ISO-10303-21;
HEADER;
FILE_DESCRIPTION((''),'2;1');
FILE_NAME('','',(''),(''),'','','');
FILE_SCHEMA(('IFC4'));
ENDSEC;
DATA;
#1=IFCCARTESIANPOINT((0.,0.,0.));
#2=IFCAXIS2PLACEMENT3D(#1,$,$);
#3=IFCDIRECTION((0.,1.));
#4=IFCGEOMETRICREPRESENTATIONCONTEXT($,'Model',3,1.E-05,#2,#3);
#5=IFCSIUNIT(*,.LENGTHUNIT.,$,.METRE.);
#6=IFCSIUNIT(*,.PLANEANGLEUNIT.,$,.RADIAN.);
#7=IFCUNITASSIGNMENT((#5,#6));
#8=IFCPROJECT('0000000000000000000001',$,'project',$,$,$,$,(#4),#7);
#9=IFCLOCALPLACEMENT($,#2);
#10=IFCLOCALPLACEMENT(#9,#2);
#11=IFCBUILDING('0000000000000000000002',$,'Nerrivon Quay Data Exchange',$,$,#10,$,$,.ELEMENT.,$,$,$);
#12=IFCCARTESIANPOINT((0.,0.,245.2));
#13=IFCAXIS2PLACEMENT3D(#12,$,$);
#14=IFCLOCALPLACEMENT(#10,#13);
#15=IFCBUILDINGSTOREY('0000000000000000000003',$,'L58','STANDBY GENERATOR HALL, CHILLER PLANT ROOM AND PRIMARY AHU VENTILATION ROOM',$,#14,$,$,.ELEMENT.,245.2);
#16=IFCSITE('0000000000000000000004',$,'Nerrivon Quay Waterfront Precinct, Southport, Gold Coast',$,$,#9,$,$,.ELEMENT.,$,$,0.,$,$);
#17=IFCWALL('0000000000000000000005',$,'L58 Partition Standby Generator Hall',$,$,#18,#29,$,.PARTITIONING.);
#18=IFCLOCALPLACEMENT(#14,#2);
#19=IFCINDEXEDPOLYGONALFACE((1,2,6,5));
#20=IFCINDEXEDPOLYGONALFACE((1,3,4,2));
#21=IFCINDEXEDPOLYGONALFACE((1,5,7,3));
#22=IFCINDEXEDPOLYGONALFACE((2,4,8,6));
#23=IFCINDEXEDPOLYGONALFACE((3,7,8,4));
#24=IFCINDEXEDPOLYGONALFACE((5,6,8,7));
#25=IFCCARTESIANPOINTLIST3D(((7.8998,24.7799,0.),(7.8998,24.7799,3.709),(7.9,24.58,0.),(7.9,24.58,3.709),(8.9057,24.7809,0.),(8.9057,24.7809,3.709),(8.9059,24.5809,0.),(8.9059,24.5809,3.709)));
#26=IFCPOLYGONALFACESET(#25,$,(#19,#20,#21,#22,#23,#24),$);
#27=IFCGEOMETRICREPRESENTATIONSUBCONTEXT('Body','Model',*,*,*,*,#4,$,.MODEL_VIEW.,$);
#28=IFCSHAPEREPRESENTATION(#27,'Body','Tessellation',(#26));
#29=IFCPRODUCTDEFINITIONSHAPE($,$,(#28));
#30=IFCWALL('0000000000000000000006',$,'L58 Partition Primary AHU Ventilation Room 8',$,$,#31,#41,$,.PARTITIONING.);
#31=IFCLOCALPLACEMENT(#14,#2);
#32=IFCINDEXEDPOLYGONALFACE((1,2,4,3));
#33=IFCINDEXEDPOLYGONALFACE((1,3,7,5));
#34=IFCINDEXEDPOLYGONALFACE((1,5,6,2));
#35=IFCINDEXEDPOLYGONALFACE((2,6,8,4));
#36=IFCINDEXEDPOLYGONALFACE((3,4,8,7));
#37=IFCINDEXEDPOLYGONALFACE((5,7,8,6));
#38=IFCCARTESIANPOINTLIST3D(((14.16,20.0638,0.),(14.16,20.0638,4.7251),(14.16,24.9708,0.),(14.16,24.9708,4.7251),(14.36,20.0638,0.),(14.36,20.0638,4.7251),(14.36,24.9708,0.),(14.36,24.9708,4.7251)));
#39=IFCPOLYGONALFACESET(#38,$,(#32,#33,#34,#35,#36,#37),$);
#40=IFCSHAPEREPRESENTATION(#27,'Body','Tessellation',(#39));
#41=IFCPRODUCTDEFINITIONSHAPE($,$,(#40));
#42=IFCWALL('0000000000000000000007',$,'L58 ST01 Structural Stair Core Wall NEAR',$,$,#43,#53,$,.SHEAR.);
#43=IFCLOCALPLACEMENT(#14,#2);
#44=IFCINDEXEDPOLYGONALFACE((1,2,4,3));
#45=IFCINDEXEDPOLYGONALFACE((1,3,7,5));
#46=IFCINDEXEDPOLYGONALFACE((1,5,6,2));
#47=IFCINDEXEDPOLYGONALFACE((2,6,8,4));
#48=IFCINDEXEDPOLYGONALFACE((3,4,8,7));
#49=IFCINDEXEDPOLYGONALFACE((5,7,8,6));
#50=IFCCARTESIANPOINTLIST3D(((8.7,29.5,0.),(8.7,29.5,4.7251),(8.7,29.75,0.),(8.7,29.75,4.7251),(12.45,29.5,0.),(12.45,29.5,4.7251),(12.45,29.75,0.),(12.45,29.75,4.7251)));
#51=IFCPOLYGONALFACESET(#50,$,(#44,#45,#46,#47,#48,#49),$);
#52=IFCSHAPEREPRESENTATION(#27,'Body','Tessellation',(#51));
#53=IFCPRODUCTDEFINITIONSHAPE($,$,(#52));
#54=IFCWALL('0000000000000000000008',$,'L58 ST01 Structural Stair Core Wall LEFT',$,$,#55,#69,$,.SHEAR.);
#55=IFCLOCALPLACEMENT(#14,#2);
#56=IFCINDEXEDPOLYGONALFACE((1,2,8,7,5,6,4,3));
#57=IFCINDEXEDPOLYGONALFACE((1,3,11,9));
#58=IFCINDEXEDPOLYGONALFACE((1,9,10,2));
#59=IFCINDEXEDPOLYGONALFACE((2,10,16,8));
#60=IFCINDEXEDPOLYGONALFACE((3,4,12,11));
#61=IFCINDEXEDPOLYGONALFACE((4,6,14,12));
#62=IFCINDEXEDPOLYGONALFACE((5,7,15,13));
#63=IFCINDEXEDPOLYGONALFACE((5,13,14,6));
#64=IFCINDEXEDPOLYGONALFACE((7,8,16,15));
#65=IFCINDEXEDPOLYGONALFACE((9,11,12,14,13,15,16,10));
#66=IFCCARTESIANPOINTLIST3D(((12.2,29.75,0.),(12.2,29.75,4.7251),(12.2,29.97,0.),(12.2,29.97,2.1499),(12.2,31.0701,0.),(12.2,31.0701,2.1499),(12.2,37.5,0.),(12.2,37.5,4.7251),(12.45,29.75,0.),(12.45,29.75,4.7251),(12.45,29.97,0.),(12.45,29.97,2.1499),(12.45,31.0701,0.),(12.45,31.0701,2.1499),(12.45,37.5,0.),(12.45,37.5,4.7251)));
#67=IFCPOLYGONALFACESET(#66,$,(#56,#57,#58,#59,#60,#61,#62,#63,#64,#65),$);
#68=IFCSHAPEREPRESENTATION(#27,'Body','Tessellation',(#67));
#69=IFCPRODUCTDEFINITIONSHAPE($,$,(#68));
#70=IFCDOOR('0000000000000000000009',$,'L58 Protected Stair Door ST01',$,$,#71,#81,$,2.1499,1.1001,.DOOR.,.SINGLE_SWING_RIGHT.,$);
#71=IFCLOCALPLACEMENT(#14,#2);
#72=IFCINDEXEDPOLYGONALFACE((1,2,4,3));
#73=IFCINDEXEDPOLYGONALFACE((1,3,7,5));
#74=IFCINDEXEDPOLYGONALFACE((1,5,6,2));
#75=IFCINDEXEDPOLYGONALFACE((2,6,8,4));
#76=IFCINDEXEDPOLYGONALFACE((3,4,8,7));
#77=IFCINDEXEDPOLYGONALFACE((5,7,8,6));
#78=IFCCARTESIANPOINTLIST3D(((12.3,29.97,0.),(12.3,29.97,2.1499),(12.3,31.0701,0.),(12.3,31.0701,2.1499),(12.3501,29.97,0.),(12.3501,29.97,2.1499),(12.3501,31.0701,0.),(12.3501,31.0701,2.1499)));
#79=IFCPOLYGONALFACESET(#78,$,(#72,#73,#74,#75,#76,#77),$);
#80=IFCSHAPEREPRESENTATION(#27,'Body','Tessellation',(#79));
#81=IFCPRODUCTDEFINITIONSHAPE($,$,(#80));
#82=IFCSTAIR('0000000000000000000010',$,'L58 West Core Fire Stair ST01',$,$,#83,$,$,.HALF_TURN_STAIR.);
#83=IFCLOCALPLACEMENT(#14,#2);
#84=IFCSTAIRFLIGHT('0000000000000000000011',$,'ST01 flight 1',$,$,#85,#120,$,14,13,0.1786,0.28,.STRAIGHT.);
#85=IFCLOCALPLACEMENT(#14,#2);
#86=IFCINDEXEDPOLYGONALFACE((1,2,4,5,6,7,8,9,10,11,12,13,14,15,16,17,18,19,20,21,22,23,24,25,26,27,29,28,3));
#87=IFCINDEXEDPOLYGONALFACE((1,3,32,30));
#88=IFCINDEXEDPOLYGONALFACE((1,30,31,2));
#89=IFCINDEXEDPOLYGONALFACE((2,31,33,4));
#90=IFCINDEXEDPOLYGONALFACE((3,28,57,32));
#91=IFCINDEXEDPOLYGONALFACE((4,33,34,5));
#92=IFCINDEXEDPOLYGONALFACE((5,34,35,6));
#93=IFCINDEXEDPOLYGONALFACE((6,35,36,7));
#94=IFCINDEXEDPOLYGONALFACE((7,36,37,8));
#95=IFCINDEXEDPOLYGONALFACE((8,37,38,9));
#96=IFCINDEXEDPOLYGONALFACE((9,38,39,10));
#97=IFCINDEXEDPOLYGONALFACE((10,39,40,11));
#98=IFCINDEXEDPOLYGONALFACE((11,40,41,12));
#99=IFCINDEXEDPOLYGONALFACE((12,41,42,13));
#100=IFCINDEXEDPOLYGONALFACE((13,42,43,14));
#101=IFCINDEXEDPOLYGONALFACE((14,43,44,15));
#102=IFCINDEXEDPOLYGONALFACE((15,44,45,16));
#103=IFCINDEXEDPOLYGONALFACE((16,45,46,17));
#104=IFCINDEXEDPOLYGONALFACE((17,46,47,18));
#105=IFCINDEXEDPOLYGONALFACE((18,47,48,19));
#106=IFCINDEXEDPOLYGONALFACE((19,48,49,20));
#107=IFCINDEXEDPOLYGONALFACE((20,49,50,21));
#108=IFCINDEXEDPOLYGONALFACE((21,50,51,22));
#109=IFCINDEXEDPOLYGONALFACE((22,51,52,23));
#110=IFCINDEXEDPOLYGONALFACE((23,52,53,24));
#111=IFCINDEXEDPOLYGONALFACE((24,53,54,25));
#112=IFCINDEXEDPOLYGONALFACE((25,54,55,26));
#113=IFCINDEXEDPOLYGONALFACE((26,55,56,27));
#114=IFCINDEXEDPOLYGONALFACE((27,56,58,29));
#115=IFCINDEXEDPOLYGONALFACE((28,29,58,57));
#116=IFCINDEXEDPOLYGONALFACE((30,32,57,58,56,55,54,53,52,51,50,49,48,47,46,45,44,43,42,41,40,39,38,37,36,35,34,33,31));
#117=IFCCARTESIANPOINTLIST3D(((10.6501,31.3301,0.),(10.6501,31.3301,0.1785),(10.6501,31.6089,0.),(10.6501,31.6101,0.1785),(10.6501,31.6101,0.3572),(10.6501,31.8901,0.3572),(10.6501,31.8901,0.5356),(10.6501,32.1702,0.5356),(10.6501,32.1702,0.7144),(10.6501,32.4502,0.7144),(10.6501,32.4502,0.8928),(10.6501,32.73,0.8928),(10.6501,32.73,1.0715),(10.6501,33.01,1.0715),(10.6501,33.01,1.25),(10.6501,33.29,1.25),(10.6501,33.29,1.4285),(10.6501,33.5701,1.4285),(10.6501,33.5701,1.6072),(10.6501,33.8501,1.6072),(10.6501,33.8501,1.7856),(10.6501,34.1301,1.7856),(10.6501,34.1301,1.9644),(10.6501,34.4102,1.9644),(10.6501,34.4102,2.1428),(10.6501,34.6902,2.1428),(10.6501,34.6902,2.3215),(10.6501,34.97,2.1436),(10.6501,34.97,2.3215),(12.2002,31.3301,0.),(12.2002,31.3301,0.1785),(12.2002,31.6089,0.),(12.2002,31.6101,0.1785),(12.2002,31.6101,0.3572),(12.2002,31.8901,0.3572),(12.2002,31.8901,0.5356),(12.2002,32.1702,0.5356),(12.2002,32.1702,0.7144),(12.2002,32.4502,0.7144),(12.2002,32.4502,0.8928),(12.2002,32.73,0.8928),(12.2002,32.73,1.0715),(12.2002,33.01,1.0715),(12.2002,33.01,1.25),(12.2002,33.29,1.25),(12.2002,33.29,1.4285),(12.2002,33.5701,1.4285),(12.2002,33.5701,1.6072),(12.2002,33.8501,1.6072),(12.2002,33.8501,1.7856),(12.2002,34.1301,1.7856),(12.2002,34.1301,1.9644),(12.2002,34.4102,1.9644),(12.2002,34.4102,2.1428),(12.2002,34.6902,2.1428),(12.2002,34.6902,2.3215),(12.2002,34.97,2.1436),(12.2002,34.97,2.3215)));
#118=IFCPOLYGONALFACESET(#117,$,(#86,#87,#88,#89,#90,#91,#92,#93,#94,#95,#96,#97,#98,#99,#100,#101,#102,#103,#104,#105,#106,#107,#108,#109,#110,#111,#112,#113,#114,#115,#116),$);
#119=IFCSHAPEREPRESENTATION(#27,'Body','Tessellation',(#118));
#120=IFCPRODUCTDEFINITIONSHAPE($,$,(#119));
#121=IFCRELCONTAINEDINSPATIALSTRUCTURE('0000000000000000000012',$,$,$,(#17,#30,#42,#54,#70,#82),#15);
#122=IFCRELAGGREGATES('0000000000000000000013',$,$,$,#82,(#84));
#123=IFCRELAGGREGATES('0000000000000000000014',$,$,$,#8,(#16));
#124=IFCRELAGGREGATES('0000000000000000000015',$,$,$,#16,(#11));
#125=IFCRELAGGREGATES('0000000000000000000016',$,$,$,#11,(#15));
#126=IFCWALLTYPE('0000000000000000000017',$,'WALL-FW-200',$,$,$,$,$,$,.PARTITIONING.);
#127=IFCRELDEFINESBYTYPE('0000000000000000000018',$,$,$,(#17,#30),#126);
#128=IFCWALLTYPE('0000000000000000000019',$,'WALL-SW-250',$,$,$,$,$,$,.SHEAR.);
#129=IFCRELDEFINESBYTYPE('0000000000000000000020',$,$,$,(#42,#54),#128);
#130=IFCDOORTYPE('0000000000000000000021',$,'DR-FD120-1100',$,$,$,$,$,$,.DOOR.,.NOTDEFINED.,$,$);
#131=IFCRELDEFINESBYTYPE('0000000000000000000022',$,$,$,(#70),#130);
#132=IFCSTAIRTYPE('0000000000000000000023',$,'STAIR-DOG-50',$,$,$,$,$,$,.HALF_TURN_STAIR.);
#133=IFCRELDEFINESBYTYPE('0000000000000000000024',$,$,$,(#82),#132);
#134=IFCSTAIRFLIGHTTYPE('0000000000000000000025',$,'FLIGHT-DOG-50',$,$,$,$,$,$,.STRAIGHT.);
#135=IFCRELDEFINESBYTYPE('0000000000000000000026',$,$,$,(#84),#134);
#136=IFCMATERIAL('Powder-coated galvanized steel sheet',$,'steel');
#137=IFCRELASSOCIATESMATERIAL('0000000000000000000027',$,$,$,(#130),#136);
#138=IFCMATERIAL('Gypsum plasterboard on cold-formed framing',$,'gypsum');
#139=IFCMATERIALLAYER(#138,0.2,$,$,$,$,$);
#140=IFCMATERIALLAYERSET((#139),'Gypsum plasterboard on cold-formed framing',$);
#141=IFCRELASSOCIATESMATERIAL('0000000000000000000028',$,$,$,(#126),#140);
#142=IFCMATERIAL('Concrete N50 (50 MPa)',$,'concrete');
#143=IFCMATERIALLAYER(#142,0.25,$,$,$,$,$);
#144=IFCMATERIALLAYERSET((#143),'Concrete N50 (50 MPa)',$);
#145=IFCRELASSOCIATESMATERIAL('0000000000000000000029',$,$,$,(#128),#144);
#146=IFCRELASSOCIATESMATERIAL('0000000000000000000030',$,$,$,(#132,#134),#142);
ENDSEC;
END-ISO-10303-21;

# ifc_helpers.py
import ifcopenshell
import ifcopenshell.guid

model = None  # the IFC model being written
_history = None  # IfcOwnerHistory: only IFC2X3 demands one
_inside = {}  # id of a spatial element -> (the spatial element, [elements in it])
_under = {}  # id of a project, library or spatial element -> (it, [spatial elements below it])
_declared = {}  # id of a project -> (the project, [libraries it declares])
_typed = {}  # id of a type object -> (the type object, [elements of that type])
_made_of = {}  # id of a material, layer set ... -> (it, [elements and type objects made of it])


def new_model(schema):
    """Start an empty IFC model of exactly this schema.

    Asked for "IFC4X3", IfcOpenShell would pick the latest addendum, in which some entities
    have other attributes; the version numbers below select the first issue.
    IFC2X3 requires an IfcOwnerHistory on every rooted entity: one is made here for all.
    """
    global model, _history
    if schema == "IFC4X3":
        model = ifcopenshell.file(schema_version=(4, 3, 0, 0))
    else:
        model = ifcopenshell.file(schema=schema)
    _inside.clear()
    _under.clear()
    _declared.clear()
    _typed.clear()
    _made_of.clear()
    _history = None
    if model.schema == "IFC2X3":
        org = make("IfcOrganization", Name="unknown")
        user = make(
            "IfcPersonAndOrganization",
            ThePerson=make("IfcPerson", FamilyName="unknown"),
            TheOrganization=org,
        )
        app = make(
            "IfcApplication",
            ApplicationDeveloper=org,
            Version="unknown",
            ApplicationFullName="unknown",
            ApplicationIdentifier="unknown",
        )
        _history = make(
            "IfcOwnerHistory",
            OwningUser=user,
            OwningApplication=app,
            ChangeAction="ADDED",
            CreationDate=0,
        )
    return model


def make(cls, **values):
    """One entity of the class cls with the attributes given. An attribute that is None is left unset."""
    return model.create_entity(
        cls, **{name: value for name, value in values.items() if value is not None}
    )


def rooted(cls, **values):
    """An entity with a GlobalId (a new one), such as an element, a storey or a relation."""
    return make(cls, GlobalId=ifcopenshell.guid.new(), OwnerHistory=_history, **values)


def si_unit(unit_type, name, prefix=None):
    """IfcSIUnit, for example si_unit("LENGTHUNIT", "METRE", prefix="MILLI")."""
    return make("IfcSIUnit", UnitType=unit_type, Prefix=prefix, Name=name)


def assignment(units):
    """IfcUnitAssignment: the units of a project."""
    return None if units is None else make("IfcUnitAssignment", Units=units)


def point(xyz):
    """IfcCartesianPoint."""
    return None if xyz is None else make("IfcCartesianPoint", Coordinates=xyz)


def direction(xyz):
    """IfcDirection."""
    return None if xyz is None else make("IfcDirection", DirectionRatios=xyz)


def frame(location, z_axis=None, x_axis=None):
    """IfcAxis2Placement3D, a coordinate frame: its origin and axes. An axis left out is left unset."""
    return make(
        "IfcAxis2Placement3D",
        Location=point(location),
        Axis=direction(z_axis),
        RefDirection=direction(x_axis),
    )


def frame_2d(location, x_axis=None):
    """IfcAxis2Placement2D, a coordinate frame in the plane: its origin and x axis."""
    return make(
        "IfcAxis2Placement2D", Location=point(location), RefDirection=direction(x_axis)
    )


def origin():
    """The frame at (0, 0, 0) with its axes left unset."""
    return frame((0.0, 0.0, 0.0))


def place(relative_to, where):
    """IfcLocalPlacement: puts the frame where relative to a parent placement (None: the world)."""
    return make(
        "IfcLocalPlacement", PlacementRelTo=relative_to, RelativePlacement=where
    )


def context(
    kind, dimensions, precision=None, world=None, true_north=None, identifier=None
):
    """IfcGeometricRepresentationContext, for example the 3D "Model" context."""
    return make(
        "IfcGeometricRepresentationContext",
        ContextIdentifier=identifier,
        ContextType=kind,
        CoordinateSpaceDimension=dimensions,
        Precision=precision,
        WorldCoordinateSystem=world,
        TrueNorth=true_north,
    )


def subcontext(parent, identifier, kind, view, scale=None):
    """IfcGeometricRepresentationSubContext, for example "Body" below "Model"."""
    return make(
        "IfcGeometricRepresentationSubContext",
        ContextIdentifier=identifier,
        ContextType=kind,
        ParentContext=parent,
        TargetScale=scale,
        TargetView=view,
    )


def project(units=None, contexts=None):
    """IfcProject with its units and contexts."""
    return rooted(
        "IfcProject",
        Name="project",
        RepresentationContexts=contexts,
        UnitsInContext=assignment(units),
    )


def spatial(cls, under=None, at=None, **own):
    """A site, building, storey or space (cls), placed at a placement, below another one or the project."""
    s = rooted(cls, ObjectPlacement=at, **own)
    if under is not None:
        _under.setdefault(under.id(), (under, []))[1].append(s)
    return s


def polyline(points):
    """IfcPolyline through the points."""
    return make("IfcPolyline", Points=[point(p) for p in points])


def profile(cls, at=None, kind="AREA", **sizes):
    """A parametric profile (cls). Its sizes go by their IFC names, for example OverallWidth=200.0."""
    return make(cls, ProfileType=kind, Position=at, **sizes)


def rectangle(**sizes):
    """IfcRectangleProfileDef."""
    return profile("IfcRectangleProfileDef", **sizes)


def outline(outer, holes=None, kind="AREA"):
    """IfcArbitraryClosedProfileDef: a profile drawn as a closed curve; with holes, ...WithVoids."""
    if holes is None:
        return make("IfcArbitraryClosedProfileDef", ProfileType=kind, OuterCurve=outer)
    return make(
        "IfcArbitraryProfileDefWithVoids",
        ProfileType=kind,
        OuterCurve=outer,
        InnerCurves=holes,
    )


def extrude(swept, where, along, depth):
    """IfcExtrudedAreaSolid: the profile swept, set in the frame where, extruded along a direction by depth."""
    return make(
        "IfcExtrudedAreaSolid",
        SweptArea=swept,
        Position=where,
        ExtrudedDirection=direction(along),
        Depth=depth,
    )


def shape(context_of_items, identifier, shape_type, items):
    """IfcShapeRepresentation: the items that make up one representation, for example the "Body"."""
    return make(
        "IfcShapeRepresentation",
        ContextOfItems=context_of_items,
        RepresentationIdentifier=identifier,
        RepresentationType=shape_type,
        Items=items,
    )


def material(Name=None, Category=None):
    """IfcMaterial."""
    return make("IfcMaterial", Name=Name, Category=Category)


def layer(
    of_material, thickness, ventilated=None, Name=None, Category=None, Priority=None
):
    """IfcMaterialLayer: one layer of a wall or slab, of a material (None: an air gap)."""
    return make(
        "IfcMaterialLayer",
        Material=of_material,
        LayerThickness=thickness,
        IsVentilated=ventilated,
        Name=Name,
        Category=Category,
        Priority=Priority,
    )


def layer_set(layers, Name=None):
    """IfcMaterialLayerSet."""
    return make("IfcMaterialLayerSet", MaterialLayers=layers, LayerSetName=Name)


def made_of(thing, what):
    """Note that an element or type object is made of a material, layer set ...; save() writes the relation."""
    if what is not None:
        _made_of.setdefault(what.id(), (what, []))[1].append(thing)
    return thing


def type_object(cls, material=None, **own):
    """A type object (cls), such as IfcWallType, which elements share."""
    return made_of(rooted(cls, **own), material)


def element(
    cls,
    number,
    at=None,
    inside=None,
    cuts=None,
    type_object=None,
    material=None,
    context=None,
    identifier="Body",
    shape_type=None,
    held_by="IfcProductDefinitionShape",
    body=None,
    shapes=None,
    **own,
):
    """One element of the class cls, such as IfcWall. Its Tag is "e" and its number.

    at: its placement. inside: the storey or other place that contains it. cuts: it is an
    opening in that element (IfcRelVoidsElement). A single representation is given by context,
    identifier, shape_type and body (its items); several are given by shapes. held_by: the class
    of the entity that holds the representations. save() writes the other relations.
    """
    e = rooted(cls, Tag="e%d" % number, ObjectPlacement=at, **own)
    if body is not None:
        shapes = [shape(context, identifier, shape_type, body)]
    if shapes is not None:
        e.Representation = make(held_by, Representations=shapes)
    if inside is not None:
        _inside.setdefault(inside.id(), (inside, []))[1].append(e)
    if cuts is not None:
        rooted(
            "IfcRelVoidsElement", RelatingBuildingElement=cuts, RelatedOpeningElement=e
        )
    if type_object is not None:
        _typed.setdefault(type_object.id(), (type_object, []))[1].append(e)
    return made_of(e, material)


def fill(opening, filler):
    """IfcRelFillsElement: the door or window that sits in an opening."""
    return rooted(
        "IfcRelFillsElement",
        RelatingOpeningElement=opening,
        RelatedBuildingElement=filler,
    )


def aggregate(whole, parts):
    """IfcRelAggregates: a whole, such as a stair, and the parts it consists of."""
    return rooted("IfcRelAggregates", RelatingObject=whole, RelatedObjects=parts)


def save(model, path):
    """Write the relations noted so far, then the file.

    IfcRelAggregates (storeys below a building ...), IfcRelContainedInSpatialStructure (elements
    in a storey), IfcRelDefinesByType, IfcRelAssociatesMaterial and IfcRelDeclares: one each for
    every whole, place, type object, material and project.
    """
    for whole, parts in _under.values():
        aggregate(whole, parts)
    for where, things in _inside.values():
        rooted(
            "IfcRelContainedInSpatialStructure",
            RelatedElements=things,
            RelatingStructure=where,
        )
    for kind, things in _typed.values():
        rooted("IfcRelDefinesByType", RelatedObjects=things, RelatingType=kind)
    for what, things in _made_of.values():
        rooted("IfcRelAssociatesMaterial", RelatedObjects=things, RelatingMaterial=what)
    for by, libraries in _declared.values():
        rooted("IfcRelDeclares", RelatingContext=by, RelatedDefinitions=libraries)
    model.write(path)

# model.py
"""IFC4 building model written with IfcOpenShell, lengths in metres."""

from ifc_helpers import new_model, si_unit, direction, frame, frame_2d, origin, place, context, subcontext, project, spatial, polyline, rectangle, outline, extrude, material, layer, layer_set, type_object, element, fill, aggregate, save


model = new_model("IFC4")

# Units and contexts
model_context = context("Model", 3, precision=1e-05, world=origin(), true_north=direction((0.0, 1.0)))
body_context = subcontext(model_context, "Body", "Model", "MODEL_VIEW")
ifc_project = project(units=[si_unit("LENGTHUNIT", "METRE"), si_unit("PLANEANGLEUNIT", "RADIAN")], contexts=[model_context])

# Site, building, storey
site_placement = place(None, origin())
site = spatial("IfcSite", under=ifc_project, at=site_placement, Name="Nerrivon Quay Waterfront Precinct, Southport, Gold Coast", CompositionType="ELEMENT", RefElevation=0.0)
building_placement = place(site_placement, origin())
building = spatial("IfcBuilding", under=site, at=building_placement, Name="Nerrivon Quay Data Exchange", CompositionType="ELEMENT")
storey_placement = place(building_placement, frame((0.0, 0.0, 245.2)))
storey = spatial("IfcBuildingStorey", under=building, at=storey_placement, Name="L58", Description="STANDBY GENERATOR HALL, CHILLER PLANT ROOM AND PRIMARY AHU VENTILATION ROOM", CompositionType="ELEMENT", Elevation=245.2)

# Shared definitions
ifc_material_1 = material(Name="Concrete N50 (50 MPa)", Category="concrete")

# Shared definitions
ifc_material_2 = material(Name="Powder-coated galvanized steel sheet", Category="steel")
door_type_1 = type_object("IfcDoorType", Name="DR-FD120-1100", OperationType="NOTDEFINED", PredefinedType="DOOR", material=ifc_material_2)
ifc_material_3 = material(Name="Gypsum plasterboard on cold-formed framing", Category="gypsum")
ifc_layer_1 = layer(ifc_material_3, 0.2)
ifc_layer_set_1 = layer_set([ifc_layer_1], Name="Gypsum plasterboard on cold-formed framing")
wall_type_1 = type_object("IfcWallType", Name="WALL-FW-200", PredefinedType="PARTITIONING", material=ifc_layer_set_1)

# Walls
wall_1_placement = place(storey_placement, frame((8.9058, 24.6809, 0.0), z_axis=(0.0, 0.0, 1.0), x_axis=(-1.0, -0.000971, 0.0)))
element("IfcWall", 1, at=wall_1_placement, inside=storey, type_object=wall_type_1, Name="L58 Partition Standby Generator Hall", PredefinedType="PARTITIONING", context=body_context, shape_type="SweptSolid", body=[
    extrude(rectangle(XDim=1.0059, YDim=0.2, at=frame_2d((0.5029, 0.0))), origin(), (0.0, 0.0, 1.0), 3.709),
])
wall_2_placement = place(storey_placement, frame((14.26, 24.9709, 0.0), z_axis=(0.0, 0.0, 1.0), x_axis=(0.0, -1.0, 0.0)))
element("IfcWall", 2, at=wall_2_placement, inside=storey, type_object=wall_type_1, Name="L58 Partition Primary AHU Ventilation Room 8", PredefinedType="PARTITIONING", context=body_context, shape_type="SweptSolid", body=[
    extrude(rectangle(XDim=4.907, YDim=0.2, at=frame_2d((2.4536, 0.0))), origin(), (0.0, 0.0, 1.0), 4.7251),
])
ifc_layer_2 = layer(ifc_material_1, 0.25)
ifc_layer_set_2 = layer_set([ifc_layer_2], Name="Concrete N50 (50 MPa)")
wall_type_2 = type_object("IfcWallType", Name="WALL-SW-250", PredefinedType="SHEAR", material=ifc_layer_set_2)
wall_3_placement = place(storey_placement, frame((12.45, 29.625, 0.0), z_axis=(0.0, 0.0, 1.0), x_axis=(-1.0, 0.0, 0.0)))
element("IfcWall", 3, at=wall_3_placement, inside=storey, type_object=wall_type_2, Name="L58 ST01 Structural Stair Core Wall NEAR", PredefinedType="SHEAR", context=body_context, shape_type="SweptSolid", body=[
    extrude(rectangle(XDim=3.75, YDim=0.25, at=frame_2d((1.875, 0.0))), origin(), (0.0, 0.0, 1.0), 4.7251),
])

# Wall, opening, door
wall_4_placement = place(storey_placement, frame((12.325, 29.75, 0.0), z_axis=(0.0, 0.0, 1.0), x_axis=(0.0, 1.0, 0.0)))
wall_4 = element("IfcWall", 4, at=wall_4_placement, inside=storey, type_object=wall_type_2, Name="L58 ST01 Structural Stair Core Wall LEFT", PredefinedType="SHEAR", context=body_context, shape_type="SweptSolid", body=[
    extrude(rectangle(XDim=7.75, YDim=0.25, at=frame_2d((3.875, 0.0))), origin(), (0.0, 0.0, 1.0), 4.7251),
])
opening_1_placement = place(wall_4_placement, frame((0.22, 0.0, 0.0)))
opening_1 = element("IfcOpeningElement", 5, at=opening_1_placement, cuts=wall_4, PredefinedType="OPENING", context=body_context, shape_type="SweptSolid", body=[
    extrude(rectangle(XDim=1.1001, YDim=2.1499, at=frame_2d((0.55, 1.075))), frame((0.0, 0.135, 0.0), z_axis=(0.0, -1.0, 0.0), x_axis=(1.0, 0.0, 0.0)), (0.0, 0.0, 1.0), 0.27),
])
door_1_placement = place(opening_1_placement, origin())
door_1 = element("IfcDoor", 6, at=door_1_placement, inside=storey, type_object=door_type_1, Name="L58 Protected Stair Door ST01", OperationType="SINGLE_SWING_RIGHT", OverallHeight=2.1499, OverallWidth=1.1001, PredefinedType="DOOR", context=body_context, shape_type="SweptSolid", body=[
    extrude(rectangle(XDim=1.1001, YDim=2.1499, at=frame_2d((0.55, 1.075))), frame((0.0, 0.0249, 0.0), z_axis=(0.0, -1.0, 0.0), x_axis=(1.0, 0.0, 0.0)), (0.0, 0.0, 1.0), 0.05),
])
fill(opening_1, door_1)

# Stair, stair flight
stair_type = type_object("IfcStairType", Name="STAIR-DOG-50", PredefinedType="HALF_TURN_STAIR", material=ifc_material_1)
stair_placement = place(storey_placement, origin())
stair = element("IfcStair", 7, at=stair_placement, inside=storey, type_object=stair_type, Name="L58 West Core Fire Stair ST01", PredefinedType="HALF_TURN_STAIR")
stair_flight_type = type_object("IfcStairFlightType", Name="FLIGHT-DOG-50", PredefinedType="STRAIGHT", material=ifc_material_1)
stair_flight_placement = place(storey_placement, frame((11.425, 31.3301, 0.0), z_axis=(0.0, 0.0, 1.0), x_axis=(0.0, 1.0, 0.0)))
stair_flight = element("IfcStairFlight", 8, at=stair_flight_placement, type_object=stair_flight_type, Name="ST01 flight 1", NumberOfRisers=14, NumberOfTreads=13, PredefinedType="STRAIGHT", RiserHeight=0.1786, TreadLength=0.28, context=body_context, shape_type="SweptSolid", body=[
    extrude(outline(polyline([(0.0, 0.0), (0.0, 0.1785), (0.28, 0.1785), (0.28, 0.3572), (0.5601, 0.3572), (0.5601, 0.5356), (0.8401, 0.5356), (0.8401, 0.7144), (1.1201, 0.7144), (1.1201, 0.8928), (1.3999, 0.8928), (1.3999, 1.0715), (1.6799, 1.0715), (1.6799, 1.25), (1.96, 1.25), (1.96, 1.4285), (2.24, 1.4285), (2.24, 1.6072), (2.52, 1.6072), (2.52, 1.7856), (2.8, 1.7856), (2.8, 1.9644), (3.0801, 1.9644), (3.0801, 2.1428), (3.3601, 2.1428), (3.3601, 2.3215), (3.6399, 2.3215), (3.6399, 2.5), (3.6399, 2.1436), (0.2788, 0.0), (0.0, 0.0)])), frame((0.0, 0.7749, 0.0), z_axis=(0.0, -1.0, 0.0), x_axis=(1.0, 0.0, 0.0)), (0.0, 0.0, 1.0), 1.55),
])
aggregate(stair, [stair_flight])

save(model, "model.ifc")
